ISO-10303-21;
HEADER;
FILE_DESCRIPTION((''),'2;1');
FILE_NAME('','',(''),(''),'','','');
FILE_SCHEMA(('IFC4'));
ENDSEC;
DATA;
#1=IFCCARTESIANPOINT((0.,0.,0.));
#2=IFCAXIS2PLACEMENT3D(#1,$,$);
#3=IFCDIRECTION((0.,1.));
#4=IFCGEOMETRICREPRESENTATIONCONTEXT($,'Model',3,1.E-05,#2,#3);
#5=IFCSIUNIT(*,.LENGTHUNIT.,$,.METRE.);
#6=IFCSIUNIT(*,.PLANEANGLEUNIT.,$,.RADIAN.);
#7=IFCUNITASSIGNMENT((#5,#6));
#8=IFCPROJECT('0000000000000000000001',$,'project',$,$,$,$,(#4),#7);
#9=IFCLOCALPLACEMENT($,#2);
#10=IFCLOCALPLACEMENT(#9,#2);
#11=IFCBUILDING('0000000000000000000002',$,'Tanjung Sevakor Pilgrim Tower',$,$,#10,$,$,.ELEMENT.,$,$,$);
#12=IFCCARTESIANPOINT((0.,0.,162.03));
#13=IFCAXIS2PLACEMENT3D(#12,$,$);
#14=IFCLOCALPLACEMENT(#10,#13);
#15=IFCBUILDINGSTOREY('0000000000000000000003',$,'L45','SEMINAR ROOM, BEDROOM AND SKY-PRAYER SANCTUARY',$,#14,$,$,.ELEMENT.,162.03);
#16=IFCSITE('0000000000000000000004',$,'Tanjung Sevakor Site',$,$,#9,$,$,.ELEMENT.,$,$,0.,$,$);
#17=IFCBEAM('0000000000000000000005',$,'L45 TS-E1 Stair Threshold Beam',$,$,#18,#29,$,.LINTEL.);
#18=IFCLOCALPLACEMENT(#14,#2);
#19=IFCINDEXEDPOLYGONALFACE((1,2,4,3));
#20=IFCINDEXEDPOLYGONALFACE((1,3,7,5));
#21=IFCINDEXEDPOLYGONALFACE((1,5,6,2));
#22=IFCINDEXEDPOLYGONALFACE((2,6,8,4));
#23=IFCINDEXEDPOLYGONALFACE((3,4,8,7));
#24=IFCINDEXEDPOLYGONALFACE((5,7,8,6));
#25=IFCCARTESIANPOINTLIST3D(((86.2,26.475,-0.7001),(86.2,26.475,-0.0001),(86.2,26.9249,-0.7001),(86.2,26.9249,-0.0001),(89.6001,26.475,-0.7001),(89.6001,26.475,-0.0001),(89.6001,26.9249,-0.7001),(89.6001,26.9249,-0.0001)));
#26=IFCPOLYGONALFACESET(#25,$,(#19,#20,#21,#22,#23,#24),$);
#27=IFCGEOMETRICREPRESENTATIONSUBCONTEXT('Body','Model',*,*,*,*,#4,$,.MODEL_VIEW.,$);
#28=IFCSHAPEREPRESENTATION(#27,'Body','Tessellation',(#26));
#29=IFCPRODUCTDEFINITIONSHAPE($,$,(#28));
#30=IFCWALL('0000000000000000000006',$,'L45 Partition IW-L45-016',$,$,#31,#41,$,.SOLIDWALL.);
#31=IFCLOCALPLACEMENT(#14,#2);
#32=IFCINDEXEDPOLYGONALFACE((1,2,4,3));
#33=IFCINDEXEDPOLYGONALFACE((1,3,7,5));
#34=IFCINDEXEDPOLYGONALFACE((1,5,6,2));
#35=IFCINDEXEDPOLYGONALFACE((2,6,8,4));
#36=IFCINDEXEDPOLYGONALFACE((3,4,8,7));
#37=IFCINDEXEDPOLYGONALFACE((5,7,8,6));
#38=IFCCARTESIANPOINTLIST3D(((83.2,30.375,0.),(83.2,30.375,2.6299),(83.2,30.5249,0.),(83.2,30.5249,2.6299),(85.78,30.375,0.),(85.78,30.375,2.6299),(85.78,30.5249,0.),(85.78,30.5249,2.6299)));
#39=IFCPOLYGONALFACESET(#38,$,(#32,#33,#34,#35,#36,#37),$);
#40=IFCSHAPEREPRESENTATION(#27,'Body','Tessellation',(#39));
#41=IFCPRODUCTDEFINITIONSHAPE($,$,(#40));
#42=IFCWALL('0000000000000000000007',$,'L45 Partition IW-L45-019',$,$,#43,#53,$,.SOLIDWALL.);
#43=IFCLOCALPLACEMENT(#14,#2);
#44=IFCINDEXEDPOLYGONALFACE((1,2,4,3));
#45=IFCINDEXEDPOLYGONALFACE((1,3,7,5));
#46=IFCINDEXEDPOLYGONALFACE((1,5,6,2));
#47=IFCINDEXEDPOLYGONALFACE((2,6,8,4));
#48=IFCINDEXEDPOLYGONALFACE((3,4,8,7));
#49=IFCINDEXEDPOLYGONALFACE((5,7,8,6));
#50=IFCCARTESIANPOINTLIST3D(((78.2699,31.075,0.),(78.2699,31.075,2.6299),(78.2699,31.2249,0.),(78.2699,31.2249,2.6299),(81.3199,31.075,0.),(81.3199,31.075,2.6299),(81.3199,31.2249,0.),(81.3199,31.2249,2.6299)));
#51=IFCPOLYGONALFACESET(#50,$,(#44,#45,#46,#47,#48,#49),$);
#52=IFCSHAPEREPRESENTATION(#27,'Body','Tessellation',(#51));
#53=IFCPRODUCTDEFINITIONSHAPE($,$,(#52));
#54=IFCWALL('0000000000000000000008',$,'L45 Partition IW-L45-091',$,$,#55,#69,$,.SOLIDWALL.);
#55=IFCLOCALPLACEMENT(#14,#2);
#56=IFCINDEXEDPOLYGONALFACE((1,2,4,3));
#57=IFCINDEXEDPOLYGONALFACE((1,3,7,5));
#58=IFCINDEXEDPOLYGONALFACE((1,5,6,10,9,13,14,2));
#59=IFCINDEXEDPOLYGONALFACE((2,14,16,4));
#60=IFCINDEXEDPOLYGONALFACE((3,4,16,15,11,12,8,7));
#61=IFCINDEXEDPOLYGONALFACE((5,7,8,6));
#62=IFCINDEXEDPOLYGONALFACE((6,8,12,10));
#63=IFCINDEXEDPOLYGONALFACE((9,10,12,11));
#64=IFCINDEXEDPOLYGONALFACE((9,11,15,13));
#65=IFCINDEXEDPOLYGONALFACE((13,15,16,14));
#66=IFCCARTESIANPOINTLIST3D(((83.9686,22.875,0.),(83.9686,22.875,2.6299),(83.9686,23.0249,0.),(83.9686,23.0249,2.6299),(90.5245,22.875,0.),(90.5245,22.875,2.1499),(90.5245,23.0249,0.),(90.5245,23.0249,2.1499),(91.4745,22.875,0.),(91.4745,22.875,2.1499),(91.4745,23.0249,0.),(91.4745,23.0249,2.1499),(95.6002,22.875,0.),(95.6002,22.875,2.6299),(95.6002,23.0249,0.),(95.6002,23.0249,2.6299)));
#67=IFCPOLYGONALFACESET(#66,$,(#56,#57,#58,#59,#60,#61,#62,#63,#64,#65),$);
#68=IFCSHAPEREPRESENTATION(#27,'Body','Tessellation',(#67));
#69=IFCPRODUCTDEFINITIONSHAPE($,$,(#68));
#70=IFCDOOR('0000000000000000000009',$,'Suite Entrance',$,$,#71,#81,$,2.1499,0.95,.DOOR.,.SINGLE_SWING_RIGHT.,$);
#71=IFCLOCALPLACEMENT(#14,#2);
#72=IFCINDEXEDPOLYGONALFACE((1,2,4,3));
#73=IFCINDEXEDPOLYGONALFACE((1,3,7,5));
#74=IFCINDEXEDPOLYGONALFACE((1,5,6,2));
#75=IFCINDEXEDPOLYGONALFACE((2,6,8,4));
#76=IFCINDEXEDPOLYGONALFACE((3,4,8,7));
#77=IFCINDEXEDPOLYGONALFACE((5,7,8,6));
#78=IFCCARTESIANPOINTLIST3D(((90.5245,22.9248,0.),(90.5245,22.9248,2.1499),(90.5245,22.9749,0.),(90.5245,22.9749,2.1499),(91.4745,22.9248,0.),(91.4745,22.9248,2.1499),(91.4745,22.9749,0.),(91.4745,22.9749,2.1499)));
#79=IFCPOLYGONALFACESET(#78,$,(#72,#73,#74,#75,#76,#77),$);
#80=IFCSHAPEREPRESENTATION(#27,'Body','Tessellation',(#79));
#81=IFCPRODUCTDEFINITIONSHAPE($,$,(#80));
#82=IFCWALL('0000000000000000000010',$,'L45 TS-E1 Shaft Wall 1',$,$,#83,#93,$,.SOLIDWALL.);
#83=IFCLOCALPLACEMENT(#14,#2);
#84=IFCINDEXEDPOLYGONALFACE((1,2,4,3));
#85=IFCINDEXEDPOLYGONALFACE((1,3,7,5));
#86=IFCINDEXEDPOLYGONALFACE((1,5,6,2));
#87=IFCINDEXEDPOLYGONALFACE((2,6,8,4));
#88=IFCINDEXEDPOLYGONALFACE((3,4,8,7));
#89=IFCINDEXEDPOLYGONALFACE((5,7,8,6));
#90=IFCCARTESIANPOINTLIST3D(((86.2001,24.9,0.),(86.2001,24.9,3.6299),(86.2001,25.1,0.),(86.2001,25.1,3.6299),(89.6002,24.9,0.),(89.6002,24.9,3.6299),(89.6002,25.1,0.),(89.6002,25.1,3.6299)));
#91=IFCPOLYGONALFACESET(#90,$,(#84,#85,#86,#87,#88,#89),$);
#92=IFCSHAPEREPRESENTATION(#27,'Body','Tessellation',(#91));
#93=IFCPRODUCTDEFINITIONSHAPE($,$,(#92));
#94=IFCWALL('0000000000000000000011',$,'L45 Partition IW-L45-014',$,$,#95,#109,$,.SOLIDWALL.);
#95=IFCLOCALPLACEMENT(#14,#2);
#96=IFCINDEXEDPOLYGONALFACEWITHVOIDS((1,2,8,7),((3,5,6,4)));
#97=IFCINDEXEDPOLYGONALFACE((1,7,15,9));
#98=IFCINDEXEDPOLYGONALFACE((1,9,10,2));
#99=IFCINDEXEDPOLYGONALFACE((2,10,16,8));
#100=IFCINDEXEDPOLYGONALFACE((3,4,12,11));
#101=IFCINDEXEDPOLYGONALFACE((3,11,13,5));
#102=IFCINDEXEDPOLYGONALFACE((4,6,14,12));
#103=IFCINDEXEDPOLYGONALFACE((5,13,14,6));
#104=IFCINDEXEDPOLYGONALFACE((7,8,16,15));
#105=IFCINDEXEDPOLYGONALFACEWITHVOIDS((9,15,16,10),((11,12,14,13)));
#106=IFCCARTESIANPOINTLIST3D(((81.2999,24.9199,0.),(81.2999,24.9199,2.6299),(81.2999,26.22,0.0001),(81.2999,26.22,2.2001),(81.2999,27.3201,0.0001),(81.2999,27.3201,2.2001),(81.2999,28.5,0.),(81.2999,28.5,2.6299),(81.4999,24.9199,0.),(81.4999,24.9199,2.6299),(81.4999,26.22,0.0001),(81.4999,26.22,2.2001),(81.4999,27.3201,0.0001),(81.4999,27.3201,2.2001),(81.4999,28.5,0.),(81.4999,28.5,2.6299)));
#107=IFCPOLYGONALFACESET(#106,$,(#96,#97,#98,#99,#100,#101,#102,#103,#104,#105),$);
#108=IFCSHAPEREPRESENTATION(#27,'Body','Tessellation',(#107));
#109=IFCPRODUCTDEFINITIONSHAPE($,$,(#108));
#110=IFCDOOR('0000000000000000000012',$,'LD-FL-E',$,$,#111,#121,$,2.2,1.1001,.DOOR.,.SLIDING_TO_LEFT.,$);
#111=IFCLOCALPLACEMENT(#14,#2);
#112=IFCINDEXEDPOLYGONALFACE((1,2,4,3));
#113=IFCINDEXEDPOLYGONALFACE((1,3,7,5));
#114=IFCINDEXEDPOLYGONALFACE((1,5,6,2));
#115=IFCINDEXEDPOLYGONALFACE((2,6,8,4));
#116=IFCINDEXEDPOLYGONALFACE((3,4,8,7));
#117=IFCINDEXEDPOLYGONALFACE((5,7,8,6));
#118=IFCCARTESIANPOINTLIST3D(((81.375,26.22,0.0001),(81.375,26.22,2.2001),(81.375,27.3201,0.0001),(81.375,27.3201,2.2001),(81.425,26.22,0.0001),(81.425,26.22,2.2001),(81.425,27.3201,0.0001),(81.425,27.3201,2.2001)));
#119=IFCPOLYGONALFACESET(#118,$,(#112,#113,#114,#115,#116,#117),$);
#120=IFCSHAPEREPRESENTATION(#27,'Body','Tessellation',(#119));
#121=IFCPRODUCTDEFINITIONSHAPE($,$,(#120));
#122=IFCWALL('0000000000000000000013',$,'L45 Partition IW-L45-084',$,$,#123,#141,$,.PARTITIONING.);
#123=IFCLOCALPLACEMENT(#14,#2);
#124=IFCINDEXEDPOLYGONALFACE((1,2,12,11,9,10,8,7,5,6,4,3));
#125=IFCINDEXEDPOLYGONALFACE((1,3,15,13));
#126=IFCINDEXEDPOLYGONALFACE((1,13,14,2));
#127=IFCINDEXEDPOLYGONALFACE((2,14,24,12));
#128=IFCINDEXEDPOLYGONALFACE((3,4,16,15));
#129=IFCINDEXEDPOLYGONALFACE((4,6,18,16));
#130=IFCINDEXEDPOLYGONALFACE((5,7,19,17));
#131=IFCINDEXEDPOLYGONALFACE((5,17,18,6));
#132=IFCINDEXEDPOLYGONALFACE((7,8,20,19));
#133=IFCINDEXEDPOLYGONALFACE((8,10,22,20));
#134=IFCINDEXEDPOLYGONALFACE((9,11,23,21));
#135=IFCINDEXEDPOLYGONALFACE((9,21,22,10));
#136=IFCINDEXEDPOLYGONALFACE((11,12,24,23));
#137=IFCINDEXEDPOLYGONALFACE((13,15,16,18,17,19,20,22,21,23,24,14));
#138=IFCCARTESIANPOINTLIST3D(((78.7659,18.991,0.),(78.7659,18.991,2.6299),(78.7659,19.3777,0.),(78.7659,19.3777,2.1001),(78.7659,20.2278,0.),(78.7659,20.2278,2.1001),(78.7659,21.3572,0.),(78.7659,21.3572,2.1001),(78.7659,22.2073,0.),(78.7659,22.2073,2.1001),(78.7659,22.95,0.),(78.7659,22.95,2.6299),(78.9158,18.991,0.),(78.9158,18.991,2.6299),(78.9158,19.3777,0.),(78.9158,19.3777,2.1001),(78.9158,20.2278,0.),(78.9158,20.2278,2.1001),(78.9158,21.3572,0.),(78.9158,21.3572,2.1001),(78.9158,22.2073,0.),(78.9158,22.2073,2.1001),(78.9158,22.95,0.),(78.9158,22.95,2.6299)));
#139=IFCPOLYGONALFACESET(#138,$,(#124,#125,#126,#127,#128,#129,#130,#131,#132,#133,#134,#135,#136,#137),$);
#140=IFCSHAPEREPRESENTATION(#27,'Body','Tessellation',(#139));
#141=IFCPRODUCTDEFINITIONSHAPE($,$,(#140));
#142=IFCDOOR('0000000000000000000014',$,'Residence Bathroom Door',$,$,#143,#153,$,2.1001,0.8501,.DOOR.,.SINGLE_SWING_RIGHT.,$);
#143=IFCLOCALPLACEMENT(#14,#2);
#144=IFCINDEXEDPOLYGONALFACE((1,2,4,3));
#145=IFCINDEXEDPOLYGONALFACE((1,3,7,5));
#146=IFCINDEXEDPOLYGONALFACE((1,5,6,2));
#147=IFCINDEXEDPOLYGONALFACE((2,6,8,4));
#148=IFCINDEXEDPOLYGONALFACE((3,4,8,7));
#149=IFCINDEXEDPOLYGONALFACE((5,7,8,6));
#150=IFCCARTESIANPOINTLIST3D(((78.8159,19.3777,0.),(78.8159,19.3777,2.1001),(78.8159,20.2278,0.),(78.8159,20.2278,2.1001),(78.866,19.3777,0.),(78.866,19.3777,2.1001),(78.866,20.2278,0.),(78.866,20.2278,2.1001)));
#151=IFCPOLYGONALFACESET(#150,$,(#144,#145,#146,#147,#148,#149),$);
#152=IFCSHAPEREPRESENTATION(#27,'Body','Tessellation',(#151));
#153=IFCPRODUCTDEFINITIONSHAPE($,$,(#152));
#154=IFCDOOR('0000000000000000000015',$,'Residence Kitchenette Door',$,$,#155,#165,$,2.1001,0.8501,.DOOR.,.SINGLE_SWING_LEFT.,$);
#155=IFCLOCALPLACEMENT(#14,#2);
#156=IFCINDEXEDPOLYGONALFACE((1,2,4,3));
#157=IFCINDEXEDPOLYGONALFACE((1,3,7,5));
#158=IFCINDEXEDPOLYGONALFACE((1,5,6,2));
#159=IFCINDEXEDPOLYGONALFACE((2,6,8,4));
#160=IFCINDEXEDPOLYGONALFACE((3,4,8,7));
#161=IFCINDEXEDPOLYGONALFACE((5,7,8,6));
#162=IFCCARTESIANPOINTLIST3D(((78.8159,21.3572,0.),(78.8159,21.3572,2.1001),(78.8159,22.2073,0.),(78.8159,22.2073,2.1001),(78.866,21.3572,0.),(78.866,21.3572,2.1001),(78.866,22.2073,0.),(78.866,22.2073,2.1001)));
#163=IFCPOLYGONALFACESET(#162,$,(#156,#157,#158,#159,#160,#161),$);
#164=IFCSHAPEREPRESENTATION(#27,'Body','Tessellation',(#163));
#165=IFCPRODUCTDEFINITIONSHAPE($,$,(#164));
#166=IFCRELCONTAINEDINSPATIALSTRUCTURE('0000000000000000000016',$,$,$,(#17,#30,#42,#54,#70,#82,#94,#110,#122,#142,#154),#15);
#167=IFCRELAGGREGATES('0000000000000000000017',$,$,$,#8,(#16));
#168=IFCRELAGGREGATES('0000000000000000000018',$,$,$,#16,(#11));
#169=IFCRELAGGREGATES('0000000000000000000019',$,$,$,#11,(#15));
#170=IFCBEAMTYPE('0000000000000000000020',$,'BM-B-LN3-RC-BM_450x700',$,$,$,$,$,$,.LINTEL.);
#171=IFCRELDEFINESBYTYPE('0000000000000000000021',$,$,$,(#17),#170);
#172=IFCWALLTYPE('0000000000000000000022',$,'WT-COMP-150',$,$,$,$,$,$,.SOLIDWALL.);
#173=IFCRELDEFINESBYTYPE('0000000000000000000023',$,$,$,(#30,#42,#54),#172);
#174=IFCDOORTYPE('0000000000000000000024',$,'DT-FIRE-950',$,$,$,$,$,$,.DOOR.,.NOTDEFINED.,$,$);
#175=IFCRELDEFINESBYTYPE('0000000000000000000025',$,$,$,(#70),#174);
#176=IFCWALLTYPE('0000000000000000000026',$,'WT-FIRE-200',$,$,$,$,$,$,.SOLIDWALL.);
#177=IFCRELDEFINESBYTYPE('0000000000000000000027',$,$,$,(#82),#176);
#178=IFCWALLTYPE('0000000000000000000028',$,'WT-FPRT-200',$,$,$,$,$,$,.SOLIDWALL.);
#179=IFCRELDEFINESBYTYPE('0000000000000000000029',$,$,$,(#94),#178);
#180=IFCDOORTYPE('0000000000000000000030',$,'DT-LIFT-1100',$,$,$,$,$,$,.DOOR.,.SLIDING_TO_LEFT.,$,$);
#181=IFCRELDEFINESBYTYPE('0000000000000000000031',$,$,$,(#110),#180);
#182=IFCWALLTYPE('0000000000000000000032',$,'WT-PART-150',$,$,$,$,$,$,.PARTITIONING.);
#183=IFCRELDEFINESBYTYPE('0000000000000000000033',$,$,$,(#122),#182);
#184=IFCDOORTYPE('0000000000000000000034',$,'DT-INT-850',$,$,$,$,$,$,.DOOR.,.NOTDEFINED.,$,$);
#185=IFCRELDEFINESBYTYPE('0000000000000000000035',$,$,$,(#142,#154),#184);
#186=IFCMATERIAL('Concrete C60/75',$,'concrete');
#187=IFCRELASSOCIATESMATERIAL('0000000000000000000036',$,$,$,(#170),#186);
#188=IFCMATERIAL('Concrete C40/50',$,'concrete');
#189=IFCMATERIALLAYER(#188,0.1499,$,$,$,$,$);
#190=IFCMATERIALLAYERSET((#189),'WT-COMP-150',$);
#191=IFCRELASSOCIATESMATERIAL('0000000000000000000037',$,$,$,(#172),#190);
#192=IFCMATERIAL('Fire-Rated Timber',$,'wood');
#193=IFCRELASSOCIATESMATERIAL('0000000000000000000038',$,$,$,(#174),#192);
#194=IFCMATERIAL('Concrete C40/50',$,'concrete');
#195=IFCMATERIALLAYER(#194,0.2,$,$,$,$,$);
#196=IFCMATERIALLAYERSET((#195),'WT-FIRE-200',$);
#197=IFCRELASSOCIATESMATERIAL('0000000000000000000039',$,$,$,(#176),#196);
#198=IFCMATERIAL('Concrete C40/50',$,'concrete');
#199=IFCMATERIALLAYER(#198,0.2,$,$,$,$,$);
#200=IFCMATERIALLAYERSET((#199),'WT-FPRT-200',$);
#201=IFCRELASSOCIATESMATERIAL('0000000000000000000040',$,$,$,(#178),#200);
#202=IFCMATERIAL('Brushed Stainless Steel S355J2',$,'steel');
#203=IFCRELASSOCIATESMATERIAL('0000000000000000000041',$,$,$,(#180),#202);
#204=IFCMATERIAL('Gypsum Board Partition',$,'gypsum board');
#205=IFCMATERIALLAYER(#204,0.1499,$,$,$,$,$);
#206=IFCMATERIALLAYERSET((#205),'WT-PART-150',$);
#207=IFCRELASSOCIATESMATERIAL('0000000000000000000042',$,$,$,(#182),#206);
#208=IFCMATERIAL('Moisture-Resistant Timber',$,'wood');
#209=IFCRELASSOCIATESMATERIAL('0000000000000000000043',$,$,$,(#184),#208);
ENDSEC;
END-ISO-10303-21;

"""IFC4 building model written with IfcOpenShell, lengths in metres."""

from ifc_helpers import new_model, si_unit, direction, frame, frame_2d, origin, origin_2d, place, context, subcontext, project, spatial, rectangle, extrude, material, layer, layer_set, material_profile, profile_set, type_object, element, fill, save


model = new_model("IFC4")

# Units and contexts
model_context = context("Model", 3, precision=1e-05, world=origin(), true_north=direction((0.0, 1.0)))
body_context = subcontext(model_context, "Body", "Model", "MODEL_VIEW")
ifc_project = project(units=[si_unit("LENGTHUNIT", "METRE"), si_unit("PLANEANGLEUNIT", "RADIAN")], contexts=[model_context])

# Site, building, storey
site_placement = place(None, origin())
site = spatial("IfcSite", under=ifc_project, at=site_placement, Name="Tanjung Sevakor Site", CompositionType="ELEMENT", RefElevation=0.0)
building_placement = place(site_placement, origin())
building = spatial("IfcBuilding", under=site, at=building_placement, Name="Tanjung Sevakor Pilgrim Tower", CompositionType="ELEMENT")
storey_placement = place(building_placement, frame((0.0, 0.0, 162.03)))
storey = spatial("IfcBuildingStorey", under=building, at=storey_placement, Name="L45", Description="SEMINAR ROOM, BEDROOM AND SKY-PRAYER SANCTUARY", CompositionType="ELEMENT", Elevation=162.03)

# Beam
ifc_material_1 = material(Name="Concrete C60/75", Category="concrete")
ifc_material_profile = material_profile(ifc_material_1, rectangle(XDim=0.45, YDim=0.7, at=origin_2d()))
ifc_profile_set = profile_set([ifc_material_profile], Name="Concrete C60/75")
beam_type = type_object("IfcBeamType", Name="BM-B-LN3-RC-BM_450x700", PredefinedType="LINTEL", material=ifc_profile_set)
beam_placement = place(storey_placement, frame((86.2, 26.7, -0.3501), z_axis=(1.0, 0.0, 0.0), x_axis=(0.0, 1.0, 0.0)))
element("IfcBeam", 1, at=beam_placement, inside=storey, type_object=beam_type, Name="L45 TS-E1 Stair Threshold Beam", PredefinedType="LINTEL", context=body_context, shape_type="SweptSolid", body=[
    extrude(rectangle(XDim=0.45, YDim=0.7, at=origin_2d()), origin(), (0.0, 0.0, 1.0), 3.4001),
])

# Wall
ifc_material_2 = material(Name="Concrete C40/50", Category="concrete")
ifc_layer_1 = layer(ifc_material_2, 0.1499)
ifc_layer_set_1 = layer_set([ifc_layer_1], Name="WT-COMP-150")
wall_type_1 = type_object("IfcWallType", Name="WT-COMP-150", PredefinedType="SOLIDWALL", material=ifc_layer_set_1)
wall_1_placement = place(storey_placement, frame((83.2, 30.45, 0.0), z_axis=(0.0, 0.0, 1.0), x_axis=(1.0, 0.0, 0.0)))
element("IfcWall", 2, at=wall_1_placement, inside=storey, type_object=wall_type_1, Name="L45 Partition IW-L45-016", PredefinedType="SOLIDWALL", context=body_context, shape_type="SweptSolid", body=[
    extrude(rectangle(XDim=2.5801, YDim=0.1499, at=frame_2d((1.29, 0.0))), origin(), (0.0, 0.0, 1.0), 2.6299),
])

# Shared definitions
ifc_material_3 = material(Name="Fire-Rated Timber", Category="wood")
door_type_1 = type_object("IfcDoorType", Name="DT-FIRE-950", OperationType="NOTDEFINED", PredefinedType="DOOR", material=ifc_material_3)

# Wall
wall_2_placement = place(storey_placement, frame((78.27, 31.1499, 0.0), z_axis=(0.0, 0.0, 1.0), x_axis=(1.0, 0.0, 0.0)))
element("IfcWall", 3, at=wall_2_placement, inside=storey, type_object=wall_type_1, Name="L45 Partition IW-L45-019", PredefinedType="SOLIDWALL", context=body_context, shape_type="SweptSolid", body=[
    extrude(rectangle(XDim=3.05, YDim=0.1499, at=frame_2d((1.5249, 0.0))), origin(), (0.0, 0.0, 1.0), 2.6299),
])

# Wall, opening, door
wall_3_placement = place(storey_placement, frame((83.9685, 22.95, 0.0), z_axis=(0.0, 0.0, 1.0), x_axis=(1.0, 0.0, 0.0)))
wall_3 = element("IfcWall", 4, at=wall_3_placement, inside=storey, type_object=wall_type_1, Name="L45 Partition IW-L45-091", PredefinedType="SOLIDWALL", context=body_context, shape_type="SweptSolid", body=[
    extrude(rectangle(XDim=11.6316, YDim=0.1499, at=frame_2d((5.8159, 0.0))), origin(), (0.0, 0.0, 1.0), 2.6299),
])
opening_1_placement = place(wall_3_placement, frame((6.5559, 0.0, 0.0)))
opening_1 = element("IfcOpeningElement", 5, at=opening_1_placement, cuts=wall_3, PredefinedType="OPENING", context=body_context, shape_type="SweptSolid", body=[
    extrude(rectangle(XDim=0.95, YDim=2.1499, at=frame_2d((0.4751, 1.075))), frame((0.0, 0.085, 0.0), z_axis=(0.0, -1.0, 0.0), x_axis=(1.0, 0.0, 0.0)), (0.0, 0.0, 1.0), 0.1699),
])
door_1_placement = place(opening_1_placement, origin())
door_1 = element("IfcDoor", 6, at=door_1_placement, inside=storey, type_object=door_type_1, Name="Suite Entrance", OperationType="SINGLE_SWING_RIGHT", OverallHeight=2.1499, OverallWidth=0.95, PredefinedType="DOOR", context=body_context, shape_type="SweptSolid", body=[
    extrude(rectangle(XDim=0.95, YDim=2.1499, at=frame_2d((0.4751, 1.075))), frame((0.0, 0.0249, 0.0), z_axis=(0.0, -1.0, 0.0), x_axis=(1.0, 0.0, 0.0)), (0.0, 0.0, 1.0), 0.05),
])
fill(opening_1, door_1)

# Wall
ifc_material_4 = material(Name="Concrete C40/50", Category="concrete")
ifc_layer_2 = layer(ifc_material_4, 0.2)
ifc_layer_set_2 = layer_set([ifc_layer_2], Name="WT-FIRE-200")
wall_type_2 = type_object("IfcWallType", Name="WT-FIRE-200", PredefinedType="SOLIDWALL", material=ifc_layer_set_2)
wall_4_placement = place(storey_placement, frame((86.2, 25.0, 0.0), z_axis=(0.0, 0.0, 1.0), x_axis=(1.0, 0.0, 0.0)))
element("IfcWall", 7, at=wall_4_placement, inside=storey, type_object=wall_type_2, Name="L45 TS-E1 Shaft Wall 1", PredefinedType="SOLIDWALL", context=body_context, shape_type="SweptSolid", body=[
    extrude(rectangle(XDim=3.4001, YDim=0.2, at=frame_2d((1.7002, 0.0))), origin(), (0.0, 0.0, 1.0), 3.6299),
])

# Wall, opening, door
ifc_material_5 = material(Name="Concrete C40/50", Category="concrete")
ifc_layer_3 = layer(ifc_material_5, 0.2)
ifc_layer_set_3 = layer_set([ifc_layer_3], Name="WT-FPRT-200")
wall_type_3 = type_object("IfcWallType", Name="WT-FPRT-200", PredefinedType="SOLIDWALL", material=ifc_layer_set_3)
wall_5_placement = place(storey_placement, frame((81.3999, 24.9199, 0.0), z_axis=(0.0, 0.0, 1.0), x_axis=(0.0, 1.0, 0.0)))
wall_5 = element("IfcWall", 8, at=wall_5_placement, inside=storey, type_object=wall_type_3, Name="L45 Partition IW-L45-014", PredefinedType="SOLIDWALL", context=body_context, shape_type="SweptSolid", body=[
    extrude(rectangle(XDim=3.5801, YDim=0.2, at=frame_2d((1.79, 0.0))), origin(), (0.0, 0.0, 1.0), 2.6299),
])
opening_2_placement = place(wall_5_placement, frame((1.3, 0.0, 0.0)))
opening_2 = element("IfcOpeningElement", 9, at=opening_2_placement, cuts=wall_5, PredefinedType="OPENING", context=body_context, shape_type="SweptSolid", body=[
    extrude(rectangle(XDim=1.1001, YDim=2.2, at=frame_2d((0.55, 1.1001))), frame((0.0, 0.1099, 0.0), z_axis=(0.0, -1.0, 0.0), x_axis=(1.0, 0.0, 0.0)), (0.0, 0.0, 1.0), 0.22),
])
ifc_material_6 = material(Name="Brushed Stainless Steel S355J2", Category="steel")
door_type_2 = type_object("IfcDoorType", Name="DT-LIFT-1100", OperationType="SLIDING_TO_LEFT", PredefinedType="DOOR", material=ifc_material_6)
door_2_placement = place(opening_2_placement, origin())
door_2 = element("IfcDoor", 10, at=door_2_placement, inside=storey, type_object=door_type_2, Name="LD-FL-E", OperationType="SLIDING_TO_LEFT", OverallHeight=2.2, OverallWidth=1.1001, PredefinedType="DOOR", context=body_context, shape_type="SweptSolid", body=[
    extrude(rectangle(XDim=1.1001, YDim=2.2, at=frame_2d((0.55, 1.1001))), frame((0.0, 0.0249, 0.0), z_axis=(0.0, -1.0, 0.0), x_axis=(1.0, 0.0, 0.0)), (0.0, 0.0, 1.0), 0.05),
])
fill(opening_2, door_2)

# Wall, openings, doors
ifc_material_7 = material(Name="Gypsum Board Partition", Category="gypsum board")
ifc_layer_4 = layer(ifc_material_7, 0.1499)
ifc_layer_set_4 = layer_set([ifc_layer_4], Name="WT-PART-150")
wall_type_4 = type_object("IfcWallType", Name="WT-PART-150", PredefinedType="PARTITIONING", material=ifc_layer_set_4)
wall_6_placement = place(storey_placement, frame((78.8408, 18.991, 0.0), z_axis=(0.0, 0.0, 1.0), x_axis=(0.0, 1.0, 0.0)))
wall_6 = element("IfcWall", 11, at=wall_6_placement, inside=storey, type_object=wall_type_4, Name="L45 Partition IW-L45-084", PredefinedType="PARTITIONING", context=body_context, shape_type="SweptSolid", body=[
    extrude(rectangle(XDim=3.959, YDim=0.1499, at=frame_2d((1.9795, 0.0))), origin(), (0.0, 0.0, 1.0), 2.6299),
])
opening_3_placement = place(wall_6_placement, frame((0.3867, 0.0, 0.0)))
opening_3 = element("IfcOpeningElement", 12, at=opening_3_placement, cuts=wall_6, PredefinedType="OPENING", context=body_context, shape_type="SweptSolid", body=[
    extrude(rectangle(XDim=0.8501, YDim=2.1001, at=frame_2d((0.425, 1.05))), frame((0.0, 0.085, 0.0), z_axis=(0.0, -1.0, 0.0), x_axis=(1.0, 0.0, 0.0)), (0.0, 0.0, 1.0), 0.1699),
])
opening_4_placement = place(wall_6_placement, frame((2.3662, 0.0, 0.0)))
opening_4 = element("IfcOpeningElement", 13, at=opening_4_placement, cuts=wall_6, PredefinedType="OPENING", context=body_context, shape_type="SweptSolid", body=[
    extrude(rectangle(XDim=0.8501, YDim=2.1001, at=frame_2d((0.425, 1.05))), frame((0.0, 0.085, 0.0), z_axis=(0.0, -1.0, 0.0), x_axis=(1.0, 0.0, 0.0)), (0.0, 0.0, 1.0), 0.1699),
])
ifc_material_8 = material(Name="Moisture-Resistant Timber", Category="wood")
door_type_3 = type_object("IfcDoorType", Name="DT-INT-850", OperationType="NOTDEFINED", PredefinedType="DOOR", material=ifc_material_8)
door_3_placement = place(opening_3_placement, origin())
door_3 = element("IfcDoor", 14, at=door_3_placement, inside=storey, type_object=door_type_3, Name="Residence Bathroom Door", OperationType="SINGLE_SWING_RIGHT", OverallHeight=2.1001, OverallWidth=0.8501, PredefinedType="DOOR", context=body_context, shape_type="SweptSolid", body=[
    extrude(rectangle(XDim=0.8501, YDim=2.1001, at=frame_2d((0.425, 1.05))), frame((0.0, 0.0249, 0.0), z_axis=(0.0, -1.0, 0.0), x_axis=(1.0, 0.0, 0.0)), (0.0, 0.0, 1.0), 0.05),
])
fill(opening_3, door_3)
door_4_placement = place(opening_4_placement, origin())
door_4 = element("IfcDoor", 15, at=door_4_placement, inside=storey, type_object=door_type_3, Name="Residence Kitchenette Door", OperationType="SINGLE_SWING_LEFT", OverallHeight=2.1001, OverallWidth=0.8501, PredefinedType="DOOR", context=body_context, shape_type="SweptSolid", body=[
    extrude(rectangle(XDim=0.8501, YDim=2.1001, at=frame_2d((0.425, 1.05))), frame((0.0, 0.0249, 0.0), z_axis=(0.0, -1.0, 0.0), x_axis=(1.0, 0.0, 0.0)), (0.0, 0.0, 1.0), 0.05),
])
fill(opening_4, door_4)

save(model, "model.ifc")
